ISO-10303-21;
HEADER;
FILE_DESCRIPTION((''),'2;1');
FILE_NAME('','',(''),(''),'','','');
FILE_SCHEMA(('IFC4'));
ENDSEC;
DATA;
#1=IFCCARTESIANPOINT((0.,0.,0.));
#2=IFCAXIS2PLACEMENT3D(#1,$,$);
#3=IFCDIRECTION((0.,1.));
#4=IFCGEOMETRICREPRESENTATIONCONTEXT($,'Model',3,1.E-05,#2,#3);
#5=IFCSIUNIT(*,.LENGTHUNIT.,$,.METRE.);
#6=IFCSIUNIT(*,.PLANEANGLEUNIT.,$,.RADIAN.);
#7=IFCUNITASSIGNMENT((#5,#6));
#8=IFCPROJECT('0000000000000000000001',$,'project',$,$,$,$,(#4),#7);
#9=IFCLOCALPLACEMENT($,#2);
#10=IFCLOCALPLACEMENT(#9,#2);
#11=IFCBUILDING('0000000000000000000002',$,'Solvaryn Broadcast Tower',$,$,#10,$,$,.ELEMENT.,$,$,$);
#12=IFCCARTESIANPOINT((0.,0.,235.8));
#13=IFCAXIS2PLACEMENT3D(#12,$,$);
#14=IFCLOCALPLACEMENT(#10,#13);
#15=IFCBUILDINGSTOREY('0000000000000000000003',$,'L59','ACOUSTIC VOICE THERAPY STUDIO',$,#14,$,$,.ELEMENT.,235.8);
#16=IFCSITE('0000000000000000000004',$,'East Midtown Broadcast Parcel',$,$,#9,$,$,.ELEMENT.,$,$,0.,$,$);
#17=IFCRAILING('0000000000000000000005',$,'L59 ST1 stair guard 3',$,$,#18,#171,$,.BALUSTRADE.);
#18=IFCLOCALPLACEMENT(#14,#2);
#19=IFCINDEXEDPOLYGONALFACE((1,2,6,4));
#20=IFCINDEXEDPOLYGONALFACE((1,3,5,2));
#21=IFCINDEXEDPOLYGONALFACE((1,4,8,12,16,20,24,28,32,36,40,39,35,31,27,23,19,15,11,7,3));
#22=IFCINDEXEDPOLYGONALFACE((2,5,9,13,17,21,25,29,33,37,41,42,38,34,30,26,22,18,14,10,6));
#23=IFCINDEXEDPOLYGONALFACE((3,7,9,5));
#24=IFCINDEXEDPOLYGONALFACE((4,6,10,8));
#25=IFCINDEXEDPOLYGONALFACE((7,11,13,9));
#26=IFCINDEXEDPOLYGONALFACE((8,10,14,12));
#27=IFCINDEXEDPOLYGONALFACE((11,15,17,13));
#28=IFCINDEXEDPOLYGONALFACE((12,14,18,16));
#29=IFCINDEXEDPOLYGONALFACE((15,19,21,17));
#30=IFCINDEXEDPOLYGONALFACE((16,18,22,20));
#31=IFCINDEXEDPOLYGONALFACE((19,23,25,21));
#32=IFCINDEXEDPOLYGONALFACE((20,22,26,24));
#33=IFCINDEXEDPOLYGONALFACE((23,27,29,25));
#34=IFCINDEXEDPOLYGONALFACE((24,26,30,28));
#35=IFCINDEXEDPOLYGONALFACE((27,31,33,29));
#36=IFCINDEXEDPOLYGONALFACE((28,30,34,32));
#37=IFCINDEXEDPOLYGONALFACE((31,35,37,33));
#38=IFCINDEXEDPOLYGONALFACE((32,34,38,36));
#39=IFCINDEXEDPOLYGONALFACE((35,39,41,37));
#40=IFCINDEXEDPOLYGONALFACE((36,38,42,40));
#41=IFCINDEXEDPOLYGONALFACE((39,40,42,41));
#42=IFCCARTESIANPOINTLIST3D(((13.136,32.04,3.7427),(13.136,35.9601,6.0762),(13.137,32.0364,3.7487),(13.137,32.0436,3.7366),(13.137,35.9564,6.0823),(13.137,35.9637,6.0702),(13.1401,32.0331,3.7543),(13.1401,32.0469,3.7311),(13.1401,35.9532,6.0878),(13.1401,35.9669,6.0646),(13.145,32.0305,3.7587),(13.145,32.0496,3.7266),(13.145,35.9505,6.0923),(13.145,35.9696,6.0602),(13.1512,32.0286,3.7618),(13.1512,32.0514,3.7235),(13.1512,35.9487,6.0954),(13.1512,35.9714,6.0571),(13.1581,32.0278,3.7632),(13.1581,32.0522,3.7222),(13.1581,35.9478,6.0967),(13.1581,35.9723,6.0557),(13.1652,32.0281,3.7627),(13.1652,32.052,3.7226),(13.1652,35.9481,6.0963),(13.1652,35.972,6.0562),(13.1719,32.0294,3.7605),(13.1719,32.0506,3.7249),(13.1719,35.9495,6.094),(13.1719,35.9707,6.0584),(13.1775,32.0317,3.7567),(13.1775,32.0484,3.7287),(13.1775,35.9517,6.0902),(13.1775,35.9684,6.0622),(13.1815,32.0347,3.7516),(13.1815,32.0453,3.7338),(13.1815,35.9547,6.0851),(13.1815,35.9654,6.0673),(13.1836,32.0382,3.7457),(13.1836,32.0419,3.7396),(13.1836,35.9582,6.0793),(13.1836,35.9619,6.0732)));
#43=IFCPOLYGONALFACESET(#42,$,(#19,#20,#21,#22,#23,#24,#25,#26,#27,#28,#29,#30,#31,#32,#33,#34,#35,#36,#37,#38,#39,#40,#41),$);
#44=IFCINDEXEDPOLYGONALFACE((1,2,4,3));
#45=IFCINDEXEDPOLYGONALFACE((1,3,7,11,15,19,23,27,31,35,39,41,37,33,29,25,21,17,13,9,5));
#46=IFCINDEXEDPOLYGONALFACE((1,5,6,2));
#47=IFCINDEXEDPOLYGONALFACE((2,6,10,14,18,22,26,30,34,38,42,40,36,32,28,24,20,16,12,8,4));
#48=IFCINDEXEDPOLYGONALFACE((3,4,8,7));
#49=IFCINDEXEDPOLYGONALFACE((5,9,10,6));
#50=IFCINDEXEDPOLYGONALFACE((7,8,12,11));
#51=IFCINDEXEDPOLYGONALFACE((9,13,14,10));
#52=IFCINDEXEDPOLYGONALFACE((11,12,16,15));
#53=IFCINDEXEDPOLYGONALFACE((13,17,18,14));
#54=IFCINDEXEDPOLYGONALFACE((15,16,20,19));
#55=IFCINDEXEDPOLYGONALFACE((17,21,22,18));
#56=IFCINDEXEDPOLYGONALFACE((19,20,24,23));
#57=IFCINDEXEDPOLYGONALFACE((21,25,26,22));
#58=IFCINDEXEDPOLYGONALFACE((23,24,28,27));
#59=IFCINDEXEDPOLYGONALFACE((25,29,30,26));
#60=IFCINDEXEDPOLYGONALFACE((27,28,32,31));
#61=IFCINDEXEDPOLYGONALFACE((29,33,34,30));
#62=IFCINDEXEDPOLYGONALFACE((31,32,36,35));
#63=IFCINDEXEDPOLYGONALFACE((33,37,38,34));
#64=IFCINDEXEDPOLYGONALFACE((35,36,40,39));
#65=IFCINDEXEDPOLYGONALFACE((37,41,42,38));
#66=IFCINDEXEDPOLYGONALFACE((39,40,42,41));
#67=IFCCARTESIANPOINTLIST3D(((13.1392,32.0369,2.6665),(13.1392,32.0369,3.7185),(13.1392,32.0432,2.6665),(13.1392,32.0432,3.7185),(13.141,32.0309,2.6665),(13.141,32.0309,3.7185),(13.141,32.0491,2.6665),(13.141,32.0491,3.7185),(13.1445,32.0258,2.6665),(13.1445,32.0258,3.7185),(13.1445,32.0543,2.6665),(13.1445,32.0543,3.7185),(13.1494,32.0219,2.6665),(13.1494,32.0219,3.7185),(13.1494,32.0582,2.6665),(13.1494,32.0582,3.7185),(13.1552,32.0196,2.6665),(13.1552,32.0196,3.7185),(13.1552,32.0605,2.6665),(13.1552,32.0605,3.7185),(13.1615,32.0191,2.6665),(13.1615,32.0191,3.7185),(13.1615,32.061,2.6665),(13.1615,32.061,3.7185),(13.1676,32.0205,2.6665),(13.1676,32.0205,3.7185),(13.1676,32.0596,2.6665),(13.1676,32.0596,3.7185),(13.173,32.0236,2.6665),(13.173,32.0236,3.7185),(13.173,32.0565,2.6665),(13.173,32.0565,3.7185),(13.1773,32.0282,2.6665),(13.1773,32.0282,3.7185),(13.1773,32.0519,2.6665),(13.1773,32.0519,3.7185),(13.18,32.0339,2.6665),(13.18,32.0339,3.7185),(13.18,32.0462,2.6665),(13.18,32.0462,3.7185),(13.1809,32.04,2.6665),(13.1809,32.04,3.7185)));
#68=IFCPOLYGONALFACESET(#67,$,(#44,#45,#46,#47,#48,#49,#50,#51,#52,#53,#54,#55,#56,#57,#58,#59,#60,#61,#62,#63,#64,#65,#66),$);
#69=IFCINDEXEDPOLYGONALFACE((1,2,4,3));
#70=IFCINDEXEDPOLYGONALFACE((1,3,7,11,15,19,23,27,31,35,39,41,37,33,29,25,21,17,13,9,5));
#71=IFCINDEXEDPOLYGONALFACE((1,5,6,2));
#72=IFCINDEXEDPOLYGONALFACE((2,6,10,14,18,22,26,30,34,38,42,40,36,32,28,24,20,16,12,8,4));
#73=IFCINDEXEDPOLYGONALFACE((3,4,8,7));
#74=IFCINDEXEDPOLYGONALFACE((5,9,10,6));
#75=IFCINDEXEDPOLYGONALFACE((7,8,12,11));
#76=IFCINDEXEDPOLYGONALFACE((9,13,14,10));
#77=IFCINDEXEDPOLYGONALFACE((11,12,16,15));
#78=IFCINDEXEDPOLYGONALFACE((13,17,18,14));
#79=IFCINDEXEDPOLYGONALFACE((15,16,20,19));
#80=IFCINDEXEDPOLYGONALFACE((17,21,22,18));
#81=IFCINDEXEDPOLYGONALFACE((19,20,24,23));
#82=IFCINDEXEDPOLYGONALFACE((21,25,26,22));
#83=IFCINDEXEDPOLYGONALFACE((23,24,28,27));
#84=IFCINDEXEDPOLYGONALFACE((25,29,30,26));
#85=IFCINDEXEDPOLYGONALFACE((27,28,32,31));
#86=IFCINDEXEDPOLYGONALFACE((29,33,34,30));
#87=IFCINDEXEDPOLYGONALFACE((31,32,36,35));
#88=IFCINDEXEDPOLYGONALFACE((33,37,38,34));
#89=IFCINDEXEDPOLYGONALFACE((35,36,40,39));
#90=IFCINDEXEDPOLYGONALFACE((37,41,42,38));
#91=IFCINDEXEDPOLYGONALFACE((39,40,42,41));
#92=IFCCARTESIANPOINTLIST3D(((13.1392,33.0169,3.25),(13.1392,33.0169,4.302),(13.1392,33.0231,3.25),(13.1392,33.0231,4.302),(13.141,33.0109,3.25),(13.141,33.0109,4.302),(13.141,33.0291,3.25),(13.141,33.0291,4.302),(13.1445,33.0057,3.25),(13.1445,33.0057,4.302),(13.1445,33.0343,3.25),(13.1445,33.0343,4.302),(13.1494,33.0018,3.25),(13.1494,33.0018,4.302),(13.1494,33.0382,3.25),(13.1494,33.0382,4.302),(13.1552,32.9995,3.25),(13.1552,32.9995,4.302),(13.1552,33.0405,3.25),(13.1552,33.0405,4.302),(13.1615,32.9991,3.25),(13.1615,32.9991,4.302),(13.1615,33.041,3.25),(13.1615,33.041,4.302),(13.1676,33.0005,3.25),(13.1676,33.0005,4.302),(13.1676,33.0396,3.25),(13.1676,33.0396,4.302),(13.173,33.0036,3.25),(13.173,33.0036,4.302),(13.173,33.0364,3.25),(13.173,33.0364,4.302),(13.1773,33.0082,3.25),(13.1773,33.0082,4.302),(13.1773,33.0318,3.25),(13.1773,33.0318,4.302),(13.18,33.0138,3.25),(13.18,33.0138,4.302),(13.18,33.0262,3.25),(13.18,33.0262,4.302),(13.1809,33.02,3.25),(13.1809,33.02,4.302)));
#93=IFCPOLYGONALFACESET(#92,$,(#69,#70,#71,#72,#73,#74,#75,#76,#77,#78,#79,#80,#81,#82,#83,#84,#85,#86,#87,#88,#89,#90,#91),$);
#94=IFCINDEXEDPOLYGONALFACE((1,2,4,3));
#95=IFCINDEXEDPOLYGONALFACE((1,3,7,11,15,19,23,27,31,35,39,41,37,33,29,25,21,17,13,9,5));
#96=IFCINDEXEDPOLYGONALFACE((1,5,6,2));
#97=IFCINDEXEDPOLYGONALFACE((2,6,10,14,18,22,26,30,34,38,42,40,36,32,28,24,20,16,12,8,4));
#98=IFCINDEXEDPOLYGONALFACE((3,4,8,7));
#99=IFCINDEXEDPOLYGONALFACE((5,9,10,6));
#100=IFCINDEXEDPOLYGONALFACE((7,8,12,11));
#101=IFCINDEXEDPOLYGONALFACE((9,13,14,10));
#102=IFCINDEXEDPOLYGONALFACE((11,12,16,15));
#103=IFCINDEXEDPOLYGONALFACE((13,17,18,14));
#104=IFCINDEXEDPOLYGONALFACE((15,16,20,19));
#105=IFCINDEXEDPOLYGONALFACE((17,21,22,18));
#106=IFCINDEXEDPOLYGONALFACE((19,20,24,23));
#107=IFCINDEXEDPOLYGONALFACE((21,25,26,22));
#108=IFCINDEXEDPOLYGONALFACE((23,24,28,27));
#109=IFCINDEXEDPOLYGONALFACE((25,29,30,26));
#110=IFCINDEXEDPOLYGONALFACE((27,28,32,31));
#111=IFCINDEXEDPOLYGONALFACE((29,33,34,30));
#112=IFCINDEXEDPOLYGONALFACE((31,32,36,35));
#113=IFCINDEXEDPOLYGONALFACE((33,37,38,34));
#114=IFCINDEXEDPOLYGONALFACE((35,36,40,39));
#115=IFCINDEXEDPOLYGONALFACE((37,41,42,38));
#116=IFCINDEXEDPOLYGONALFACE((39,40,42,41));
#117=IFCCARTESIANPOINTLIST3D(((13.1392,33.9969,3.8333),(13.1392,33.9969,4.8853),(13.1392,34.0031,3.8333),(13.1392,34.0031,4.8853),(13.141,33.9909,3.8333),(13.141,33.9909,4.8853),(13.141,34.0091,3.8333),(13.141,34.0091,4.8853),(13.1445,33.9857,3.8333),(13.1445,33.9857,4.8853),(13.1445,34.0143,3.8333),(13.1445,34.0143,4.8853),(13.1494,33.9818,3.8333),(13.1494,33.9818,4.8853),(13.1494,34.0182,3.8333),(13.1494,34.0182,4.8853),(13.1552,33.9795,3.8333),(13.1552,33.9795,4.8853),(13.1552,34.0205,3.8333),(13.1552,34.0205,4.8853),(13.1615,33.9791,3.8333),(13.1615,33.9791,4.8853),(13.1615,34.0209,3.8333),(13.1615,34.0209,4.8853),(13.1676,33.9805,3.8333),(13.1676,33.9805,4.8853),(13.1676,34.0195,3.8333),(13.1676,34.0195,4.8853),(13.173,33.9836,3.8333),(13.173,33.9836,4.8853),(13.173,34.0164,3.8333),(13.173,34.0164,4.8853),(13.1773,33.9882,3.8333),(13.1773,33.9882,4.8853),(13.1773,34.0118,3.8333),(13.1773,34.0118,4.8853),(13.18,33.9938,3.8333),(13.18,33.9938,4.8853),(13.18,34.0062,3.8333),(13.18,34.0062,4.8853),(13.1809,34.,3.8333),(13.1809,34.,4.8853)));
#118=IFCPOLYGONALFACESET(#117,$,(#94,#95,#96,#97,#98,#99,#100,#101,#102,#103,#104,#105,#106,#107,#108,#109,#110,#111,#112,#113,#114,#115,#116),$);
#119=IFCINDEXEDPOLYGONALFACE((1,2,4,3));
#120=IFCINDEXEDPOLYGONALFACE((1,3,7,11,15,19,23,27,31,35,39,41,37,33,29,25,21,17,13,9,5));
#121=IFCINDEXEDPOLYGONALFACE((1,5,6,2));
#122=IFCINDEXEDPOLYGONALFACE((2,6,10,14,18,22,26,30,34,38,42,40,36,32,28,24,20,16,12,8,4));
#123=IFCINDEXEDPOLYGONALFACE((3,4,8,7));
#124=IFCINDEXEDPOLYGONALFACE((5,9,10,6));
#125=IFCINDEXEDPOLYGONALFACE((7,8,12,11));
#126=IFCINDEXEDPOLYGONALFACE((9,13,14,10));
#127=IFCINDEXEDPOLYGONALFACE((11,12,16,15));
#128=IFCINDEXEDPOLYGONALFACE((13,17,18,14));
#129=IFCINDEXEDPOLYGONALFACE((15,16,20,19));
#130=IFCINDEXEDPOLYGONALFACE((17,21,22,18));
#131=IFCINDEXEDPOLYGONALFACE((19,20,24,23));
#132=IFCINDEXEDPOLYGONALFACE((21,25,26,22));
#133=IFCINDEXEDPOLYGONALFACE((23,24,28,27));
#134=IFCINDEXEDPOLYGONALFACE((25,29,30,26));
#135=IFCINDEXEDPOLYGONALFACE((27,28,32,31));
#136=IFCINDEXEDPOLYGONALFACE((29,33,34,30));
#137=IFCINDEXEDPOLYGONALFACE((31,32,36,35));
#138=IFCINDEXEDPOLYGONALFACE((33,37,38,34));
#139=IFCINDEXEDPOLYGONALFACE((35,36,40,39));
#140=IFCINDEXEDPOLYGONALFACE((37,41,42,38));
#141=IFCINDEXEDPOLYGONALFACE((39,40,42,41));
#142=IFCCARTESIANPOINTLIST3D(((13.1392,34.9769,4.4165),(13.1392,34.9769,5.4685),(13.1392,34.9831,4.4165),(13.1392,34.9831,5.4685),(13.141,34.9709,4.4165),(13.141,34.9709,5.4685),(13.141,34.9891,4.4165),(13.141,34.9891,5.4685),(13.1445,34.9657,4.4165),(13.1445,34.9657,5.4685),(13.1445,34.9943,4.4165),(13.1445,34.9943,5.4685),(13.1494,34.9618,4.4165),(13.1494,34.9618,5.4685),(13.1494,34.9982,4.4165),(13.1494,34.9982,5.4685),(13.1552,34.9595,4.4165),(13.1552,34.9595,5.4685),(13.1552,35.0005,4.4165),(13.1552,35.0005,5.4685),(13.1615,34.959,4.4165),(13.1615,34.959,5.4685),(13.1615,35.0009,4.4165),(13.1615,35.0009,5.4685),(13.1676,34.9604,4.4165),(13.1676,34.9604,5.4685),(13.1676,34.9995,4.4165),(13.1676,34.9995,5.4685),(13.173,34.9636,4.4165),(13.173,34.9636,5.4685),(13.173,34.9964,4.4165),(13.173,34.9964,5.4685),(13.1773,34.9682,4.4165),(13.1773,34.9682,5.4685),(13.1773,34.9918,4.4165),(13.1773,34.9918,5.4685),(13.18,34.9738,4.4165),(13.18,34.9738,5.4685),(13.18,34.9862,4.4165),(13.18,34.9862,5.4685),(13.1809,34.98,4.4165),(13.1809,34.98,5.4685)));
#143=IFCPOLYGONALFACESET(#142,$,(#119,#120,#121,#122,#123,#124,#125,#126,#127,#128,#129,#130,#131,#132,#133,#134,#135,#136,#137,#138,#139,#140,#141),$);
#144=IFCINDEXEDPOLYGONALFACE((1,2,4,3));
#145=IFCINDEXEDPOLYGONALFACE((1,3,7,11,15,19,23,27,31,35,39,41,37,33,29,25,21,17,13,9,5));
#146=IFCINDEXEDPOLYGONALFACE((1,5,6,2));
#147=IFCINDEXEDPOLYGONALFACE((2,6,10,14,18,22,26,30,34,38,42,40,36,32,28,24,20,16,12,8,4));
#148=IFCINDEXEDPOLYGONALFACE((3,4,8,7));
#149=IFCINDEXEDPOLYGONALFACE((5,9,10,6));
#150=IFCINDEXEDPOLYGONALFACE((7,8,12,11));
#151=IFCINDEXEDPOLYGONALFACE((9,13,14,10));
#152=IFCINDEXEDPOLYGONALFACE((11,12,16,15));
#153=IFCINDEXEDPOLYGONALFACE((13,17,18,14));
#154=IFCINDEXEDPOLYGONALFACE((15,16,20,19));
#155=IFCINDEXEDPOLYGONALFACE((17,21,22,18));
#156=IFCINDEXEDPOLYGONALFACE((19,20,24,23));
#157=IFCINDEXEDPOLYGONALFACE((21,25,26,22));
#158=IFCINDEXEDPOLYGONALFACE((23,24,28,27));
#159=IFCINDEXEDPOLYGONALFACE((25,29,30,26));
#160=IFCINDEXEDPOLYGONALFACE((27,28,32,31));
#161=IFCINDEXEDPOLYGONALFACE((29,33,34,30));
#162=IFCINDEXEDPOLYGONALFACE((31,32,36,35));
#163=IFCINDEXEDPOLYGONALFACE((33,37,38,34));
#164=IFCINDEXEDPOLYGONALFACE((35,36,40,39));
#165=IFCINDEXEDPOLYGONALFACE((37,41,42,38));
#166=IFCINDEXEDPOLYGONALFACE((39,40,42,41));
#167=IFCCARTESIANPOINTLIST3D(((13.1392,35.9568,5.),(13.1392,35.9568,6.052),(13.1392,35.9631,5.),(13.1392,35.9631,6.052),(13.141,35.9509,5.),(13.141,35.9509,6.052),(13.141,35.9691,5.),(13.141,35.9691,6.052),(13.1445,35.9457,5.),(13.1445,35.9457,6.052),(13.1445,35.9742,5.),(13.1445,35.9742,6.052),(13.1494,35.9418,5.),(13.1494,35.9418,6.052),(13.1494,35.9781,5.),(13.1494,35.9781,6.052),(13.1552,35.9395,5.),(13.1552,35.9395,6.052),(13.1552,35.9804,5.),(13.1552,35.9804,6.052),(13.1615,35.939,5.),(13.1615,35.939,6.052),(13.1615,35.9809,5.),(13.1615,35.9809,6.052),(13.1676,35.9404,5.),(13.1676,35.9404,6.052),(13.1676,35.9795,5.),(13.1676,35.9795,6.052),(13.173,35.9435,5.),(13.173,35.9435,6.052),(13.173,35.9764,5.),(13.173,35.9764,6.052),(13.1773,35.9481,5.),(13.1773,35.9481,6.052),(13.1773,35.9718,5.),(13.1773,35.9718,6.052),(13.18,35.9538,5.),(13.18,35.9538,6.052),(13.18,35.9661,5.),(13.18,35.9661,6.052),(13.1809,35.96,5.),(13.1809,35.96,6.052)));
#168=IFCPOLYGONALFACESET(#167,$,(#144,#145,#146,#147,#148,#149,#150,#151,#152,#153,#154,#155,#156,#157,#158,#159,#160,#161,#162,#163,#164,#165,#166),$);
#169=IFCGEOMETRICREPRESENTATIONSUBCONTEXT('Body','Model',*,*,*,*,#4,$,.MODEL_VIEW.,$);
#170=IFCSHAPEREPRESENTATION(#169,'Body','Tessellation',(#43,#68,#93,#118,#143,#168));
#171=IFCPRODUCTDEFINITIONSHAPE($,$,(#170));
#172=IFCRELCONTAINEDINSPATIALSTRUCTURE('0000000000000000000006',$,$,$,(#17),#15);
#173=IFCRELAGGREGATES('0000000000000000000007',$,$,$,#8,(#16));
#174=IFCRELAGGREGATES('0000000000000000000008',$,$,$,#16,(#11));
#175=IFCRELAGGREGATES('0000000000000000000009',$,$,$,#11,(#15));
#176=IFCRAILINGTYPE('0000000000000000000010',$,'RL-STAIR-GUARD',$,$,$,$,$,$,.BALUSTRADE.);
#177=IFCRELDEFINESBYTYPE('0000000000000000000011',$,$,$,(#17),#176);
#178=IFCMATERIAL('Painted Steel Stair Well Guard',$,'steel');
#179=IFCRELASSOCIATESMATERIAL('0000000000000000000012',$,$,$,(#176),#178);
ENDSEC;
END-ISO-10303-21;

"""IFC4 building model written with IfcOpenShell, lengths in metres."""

from ifc_helpers import new_model, si_unit, direction, frame, origin, origin_2d, place, context, subcontext, project, spatial, circle, extrude, material, type_object, element, save


model = new_model("IFC4")

# Units and contexts
model_context = context("Model", 3, precision=1e-05, world=origin(), true_north=direction((0.0, 1.0)))
body_context = subcontext(model_context, "Body", "Model", "MODEL_VIEW")
ifc_project = project(units=[si_unit("LENGTHUNIT", "METRE"), si_unit("PLANEANGLEUNIT", "RADIAN")], contexts=[model_context])

# Site, building, storey
site_placement = place(None, origin())
site = spatial("IfcSite", under=ifc_project, at=site_placement, Name="East Midtown Broadcast Parcel", CompositionType="ELEMENT", RefElevation=0.0)
building_placement = place(site_placement, origin())
building = spatial("IfcBuilding", under=site, at=building_placement, Name="Solvaryn Broadcast Tower", CompositionType="ELEMENT")
storey_placement = place(building_placement, frame((0.0, 0.0, 235.8)))
storey = spatial("IfcBuildingStorey", under=building, at=storey_placement, Name="L59", Description="ACOUSTIC VOICE THERAPY STUDIO", CompositionType="ELEMENT", Elevation=235.8)

# Railing
ifc_material_1 = material(Name="Painted Steel Stair Well Guard", Category="steel")
railing_type_1 = type_object("IfcRailingType", Name="RL-STAIR-GUARD", PredefinedType="BALUSTRADE", material=ifc_material_1)
railing_1_placement = place(storey_placement, frame((13.1599, 32.04, 2.6665)))
element("IfcRailing", 1, at=railing_1_placement, inside=storey, type_object=railing_type_1, Name="L59 ST1 stair guard 3", PredefinedType="BALUSTRADE", context=body_context, shape_type="SweptSolid", body=[
    extrude(circle(Radius=0.0239, at=origin_2d()), frame((0.0, 0.0, 1.0762), z_axis=(0.0, 0.859273, 0.511518), x_axis=(-1.0, 0.0, 0.0)), (0.0, 0.0, 1.0), 4.562),
    extrude(circle(Radius=0.021, at=origin_2d()), origin(), (0.0, 0.0, 1.0), 1.052),
    extrude(circle(Radius=0.021, at=origin_2d()), frame((0.0, 0.98, 0.5835)), (0.0, 0.0, 1.0), 1.052),
    extrude(circle(Radius=0.021, at=origin_2d()), frame((0.0, 1.96, 1.1667)), (0.0, 0.0, 1.0), 1.052),
    extrude(circle(Radius=0.021, at=origin_2d()), frame((0.0, 2.9399, 1.75)), (0.0, 0.0, 1.0), 1.052),
    extrude(circle(Radius=0.021, at=origin_2d()), frame((0.0, 3.9199, 2.3335)), (0.0, 0.0, 1.0), 1.052),
])

save(model, "model.ifc")
